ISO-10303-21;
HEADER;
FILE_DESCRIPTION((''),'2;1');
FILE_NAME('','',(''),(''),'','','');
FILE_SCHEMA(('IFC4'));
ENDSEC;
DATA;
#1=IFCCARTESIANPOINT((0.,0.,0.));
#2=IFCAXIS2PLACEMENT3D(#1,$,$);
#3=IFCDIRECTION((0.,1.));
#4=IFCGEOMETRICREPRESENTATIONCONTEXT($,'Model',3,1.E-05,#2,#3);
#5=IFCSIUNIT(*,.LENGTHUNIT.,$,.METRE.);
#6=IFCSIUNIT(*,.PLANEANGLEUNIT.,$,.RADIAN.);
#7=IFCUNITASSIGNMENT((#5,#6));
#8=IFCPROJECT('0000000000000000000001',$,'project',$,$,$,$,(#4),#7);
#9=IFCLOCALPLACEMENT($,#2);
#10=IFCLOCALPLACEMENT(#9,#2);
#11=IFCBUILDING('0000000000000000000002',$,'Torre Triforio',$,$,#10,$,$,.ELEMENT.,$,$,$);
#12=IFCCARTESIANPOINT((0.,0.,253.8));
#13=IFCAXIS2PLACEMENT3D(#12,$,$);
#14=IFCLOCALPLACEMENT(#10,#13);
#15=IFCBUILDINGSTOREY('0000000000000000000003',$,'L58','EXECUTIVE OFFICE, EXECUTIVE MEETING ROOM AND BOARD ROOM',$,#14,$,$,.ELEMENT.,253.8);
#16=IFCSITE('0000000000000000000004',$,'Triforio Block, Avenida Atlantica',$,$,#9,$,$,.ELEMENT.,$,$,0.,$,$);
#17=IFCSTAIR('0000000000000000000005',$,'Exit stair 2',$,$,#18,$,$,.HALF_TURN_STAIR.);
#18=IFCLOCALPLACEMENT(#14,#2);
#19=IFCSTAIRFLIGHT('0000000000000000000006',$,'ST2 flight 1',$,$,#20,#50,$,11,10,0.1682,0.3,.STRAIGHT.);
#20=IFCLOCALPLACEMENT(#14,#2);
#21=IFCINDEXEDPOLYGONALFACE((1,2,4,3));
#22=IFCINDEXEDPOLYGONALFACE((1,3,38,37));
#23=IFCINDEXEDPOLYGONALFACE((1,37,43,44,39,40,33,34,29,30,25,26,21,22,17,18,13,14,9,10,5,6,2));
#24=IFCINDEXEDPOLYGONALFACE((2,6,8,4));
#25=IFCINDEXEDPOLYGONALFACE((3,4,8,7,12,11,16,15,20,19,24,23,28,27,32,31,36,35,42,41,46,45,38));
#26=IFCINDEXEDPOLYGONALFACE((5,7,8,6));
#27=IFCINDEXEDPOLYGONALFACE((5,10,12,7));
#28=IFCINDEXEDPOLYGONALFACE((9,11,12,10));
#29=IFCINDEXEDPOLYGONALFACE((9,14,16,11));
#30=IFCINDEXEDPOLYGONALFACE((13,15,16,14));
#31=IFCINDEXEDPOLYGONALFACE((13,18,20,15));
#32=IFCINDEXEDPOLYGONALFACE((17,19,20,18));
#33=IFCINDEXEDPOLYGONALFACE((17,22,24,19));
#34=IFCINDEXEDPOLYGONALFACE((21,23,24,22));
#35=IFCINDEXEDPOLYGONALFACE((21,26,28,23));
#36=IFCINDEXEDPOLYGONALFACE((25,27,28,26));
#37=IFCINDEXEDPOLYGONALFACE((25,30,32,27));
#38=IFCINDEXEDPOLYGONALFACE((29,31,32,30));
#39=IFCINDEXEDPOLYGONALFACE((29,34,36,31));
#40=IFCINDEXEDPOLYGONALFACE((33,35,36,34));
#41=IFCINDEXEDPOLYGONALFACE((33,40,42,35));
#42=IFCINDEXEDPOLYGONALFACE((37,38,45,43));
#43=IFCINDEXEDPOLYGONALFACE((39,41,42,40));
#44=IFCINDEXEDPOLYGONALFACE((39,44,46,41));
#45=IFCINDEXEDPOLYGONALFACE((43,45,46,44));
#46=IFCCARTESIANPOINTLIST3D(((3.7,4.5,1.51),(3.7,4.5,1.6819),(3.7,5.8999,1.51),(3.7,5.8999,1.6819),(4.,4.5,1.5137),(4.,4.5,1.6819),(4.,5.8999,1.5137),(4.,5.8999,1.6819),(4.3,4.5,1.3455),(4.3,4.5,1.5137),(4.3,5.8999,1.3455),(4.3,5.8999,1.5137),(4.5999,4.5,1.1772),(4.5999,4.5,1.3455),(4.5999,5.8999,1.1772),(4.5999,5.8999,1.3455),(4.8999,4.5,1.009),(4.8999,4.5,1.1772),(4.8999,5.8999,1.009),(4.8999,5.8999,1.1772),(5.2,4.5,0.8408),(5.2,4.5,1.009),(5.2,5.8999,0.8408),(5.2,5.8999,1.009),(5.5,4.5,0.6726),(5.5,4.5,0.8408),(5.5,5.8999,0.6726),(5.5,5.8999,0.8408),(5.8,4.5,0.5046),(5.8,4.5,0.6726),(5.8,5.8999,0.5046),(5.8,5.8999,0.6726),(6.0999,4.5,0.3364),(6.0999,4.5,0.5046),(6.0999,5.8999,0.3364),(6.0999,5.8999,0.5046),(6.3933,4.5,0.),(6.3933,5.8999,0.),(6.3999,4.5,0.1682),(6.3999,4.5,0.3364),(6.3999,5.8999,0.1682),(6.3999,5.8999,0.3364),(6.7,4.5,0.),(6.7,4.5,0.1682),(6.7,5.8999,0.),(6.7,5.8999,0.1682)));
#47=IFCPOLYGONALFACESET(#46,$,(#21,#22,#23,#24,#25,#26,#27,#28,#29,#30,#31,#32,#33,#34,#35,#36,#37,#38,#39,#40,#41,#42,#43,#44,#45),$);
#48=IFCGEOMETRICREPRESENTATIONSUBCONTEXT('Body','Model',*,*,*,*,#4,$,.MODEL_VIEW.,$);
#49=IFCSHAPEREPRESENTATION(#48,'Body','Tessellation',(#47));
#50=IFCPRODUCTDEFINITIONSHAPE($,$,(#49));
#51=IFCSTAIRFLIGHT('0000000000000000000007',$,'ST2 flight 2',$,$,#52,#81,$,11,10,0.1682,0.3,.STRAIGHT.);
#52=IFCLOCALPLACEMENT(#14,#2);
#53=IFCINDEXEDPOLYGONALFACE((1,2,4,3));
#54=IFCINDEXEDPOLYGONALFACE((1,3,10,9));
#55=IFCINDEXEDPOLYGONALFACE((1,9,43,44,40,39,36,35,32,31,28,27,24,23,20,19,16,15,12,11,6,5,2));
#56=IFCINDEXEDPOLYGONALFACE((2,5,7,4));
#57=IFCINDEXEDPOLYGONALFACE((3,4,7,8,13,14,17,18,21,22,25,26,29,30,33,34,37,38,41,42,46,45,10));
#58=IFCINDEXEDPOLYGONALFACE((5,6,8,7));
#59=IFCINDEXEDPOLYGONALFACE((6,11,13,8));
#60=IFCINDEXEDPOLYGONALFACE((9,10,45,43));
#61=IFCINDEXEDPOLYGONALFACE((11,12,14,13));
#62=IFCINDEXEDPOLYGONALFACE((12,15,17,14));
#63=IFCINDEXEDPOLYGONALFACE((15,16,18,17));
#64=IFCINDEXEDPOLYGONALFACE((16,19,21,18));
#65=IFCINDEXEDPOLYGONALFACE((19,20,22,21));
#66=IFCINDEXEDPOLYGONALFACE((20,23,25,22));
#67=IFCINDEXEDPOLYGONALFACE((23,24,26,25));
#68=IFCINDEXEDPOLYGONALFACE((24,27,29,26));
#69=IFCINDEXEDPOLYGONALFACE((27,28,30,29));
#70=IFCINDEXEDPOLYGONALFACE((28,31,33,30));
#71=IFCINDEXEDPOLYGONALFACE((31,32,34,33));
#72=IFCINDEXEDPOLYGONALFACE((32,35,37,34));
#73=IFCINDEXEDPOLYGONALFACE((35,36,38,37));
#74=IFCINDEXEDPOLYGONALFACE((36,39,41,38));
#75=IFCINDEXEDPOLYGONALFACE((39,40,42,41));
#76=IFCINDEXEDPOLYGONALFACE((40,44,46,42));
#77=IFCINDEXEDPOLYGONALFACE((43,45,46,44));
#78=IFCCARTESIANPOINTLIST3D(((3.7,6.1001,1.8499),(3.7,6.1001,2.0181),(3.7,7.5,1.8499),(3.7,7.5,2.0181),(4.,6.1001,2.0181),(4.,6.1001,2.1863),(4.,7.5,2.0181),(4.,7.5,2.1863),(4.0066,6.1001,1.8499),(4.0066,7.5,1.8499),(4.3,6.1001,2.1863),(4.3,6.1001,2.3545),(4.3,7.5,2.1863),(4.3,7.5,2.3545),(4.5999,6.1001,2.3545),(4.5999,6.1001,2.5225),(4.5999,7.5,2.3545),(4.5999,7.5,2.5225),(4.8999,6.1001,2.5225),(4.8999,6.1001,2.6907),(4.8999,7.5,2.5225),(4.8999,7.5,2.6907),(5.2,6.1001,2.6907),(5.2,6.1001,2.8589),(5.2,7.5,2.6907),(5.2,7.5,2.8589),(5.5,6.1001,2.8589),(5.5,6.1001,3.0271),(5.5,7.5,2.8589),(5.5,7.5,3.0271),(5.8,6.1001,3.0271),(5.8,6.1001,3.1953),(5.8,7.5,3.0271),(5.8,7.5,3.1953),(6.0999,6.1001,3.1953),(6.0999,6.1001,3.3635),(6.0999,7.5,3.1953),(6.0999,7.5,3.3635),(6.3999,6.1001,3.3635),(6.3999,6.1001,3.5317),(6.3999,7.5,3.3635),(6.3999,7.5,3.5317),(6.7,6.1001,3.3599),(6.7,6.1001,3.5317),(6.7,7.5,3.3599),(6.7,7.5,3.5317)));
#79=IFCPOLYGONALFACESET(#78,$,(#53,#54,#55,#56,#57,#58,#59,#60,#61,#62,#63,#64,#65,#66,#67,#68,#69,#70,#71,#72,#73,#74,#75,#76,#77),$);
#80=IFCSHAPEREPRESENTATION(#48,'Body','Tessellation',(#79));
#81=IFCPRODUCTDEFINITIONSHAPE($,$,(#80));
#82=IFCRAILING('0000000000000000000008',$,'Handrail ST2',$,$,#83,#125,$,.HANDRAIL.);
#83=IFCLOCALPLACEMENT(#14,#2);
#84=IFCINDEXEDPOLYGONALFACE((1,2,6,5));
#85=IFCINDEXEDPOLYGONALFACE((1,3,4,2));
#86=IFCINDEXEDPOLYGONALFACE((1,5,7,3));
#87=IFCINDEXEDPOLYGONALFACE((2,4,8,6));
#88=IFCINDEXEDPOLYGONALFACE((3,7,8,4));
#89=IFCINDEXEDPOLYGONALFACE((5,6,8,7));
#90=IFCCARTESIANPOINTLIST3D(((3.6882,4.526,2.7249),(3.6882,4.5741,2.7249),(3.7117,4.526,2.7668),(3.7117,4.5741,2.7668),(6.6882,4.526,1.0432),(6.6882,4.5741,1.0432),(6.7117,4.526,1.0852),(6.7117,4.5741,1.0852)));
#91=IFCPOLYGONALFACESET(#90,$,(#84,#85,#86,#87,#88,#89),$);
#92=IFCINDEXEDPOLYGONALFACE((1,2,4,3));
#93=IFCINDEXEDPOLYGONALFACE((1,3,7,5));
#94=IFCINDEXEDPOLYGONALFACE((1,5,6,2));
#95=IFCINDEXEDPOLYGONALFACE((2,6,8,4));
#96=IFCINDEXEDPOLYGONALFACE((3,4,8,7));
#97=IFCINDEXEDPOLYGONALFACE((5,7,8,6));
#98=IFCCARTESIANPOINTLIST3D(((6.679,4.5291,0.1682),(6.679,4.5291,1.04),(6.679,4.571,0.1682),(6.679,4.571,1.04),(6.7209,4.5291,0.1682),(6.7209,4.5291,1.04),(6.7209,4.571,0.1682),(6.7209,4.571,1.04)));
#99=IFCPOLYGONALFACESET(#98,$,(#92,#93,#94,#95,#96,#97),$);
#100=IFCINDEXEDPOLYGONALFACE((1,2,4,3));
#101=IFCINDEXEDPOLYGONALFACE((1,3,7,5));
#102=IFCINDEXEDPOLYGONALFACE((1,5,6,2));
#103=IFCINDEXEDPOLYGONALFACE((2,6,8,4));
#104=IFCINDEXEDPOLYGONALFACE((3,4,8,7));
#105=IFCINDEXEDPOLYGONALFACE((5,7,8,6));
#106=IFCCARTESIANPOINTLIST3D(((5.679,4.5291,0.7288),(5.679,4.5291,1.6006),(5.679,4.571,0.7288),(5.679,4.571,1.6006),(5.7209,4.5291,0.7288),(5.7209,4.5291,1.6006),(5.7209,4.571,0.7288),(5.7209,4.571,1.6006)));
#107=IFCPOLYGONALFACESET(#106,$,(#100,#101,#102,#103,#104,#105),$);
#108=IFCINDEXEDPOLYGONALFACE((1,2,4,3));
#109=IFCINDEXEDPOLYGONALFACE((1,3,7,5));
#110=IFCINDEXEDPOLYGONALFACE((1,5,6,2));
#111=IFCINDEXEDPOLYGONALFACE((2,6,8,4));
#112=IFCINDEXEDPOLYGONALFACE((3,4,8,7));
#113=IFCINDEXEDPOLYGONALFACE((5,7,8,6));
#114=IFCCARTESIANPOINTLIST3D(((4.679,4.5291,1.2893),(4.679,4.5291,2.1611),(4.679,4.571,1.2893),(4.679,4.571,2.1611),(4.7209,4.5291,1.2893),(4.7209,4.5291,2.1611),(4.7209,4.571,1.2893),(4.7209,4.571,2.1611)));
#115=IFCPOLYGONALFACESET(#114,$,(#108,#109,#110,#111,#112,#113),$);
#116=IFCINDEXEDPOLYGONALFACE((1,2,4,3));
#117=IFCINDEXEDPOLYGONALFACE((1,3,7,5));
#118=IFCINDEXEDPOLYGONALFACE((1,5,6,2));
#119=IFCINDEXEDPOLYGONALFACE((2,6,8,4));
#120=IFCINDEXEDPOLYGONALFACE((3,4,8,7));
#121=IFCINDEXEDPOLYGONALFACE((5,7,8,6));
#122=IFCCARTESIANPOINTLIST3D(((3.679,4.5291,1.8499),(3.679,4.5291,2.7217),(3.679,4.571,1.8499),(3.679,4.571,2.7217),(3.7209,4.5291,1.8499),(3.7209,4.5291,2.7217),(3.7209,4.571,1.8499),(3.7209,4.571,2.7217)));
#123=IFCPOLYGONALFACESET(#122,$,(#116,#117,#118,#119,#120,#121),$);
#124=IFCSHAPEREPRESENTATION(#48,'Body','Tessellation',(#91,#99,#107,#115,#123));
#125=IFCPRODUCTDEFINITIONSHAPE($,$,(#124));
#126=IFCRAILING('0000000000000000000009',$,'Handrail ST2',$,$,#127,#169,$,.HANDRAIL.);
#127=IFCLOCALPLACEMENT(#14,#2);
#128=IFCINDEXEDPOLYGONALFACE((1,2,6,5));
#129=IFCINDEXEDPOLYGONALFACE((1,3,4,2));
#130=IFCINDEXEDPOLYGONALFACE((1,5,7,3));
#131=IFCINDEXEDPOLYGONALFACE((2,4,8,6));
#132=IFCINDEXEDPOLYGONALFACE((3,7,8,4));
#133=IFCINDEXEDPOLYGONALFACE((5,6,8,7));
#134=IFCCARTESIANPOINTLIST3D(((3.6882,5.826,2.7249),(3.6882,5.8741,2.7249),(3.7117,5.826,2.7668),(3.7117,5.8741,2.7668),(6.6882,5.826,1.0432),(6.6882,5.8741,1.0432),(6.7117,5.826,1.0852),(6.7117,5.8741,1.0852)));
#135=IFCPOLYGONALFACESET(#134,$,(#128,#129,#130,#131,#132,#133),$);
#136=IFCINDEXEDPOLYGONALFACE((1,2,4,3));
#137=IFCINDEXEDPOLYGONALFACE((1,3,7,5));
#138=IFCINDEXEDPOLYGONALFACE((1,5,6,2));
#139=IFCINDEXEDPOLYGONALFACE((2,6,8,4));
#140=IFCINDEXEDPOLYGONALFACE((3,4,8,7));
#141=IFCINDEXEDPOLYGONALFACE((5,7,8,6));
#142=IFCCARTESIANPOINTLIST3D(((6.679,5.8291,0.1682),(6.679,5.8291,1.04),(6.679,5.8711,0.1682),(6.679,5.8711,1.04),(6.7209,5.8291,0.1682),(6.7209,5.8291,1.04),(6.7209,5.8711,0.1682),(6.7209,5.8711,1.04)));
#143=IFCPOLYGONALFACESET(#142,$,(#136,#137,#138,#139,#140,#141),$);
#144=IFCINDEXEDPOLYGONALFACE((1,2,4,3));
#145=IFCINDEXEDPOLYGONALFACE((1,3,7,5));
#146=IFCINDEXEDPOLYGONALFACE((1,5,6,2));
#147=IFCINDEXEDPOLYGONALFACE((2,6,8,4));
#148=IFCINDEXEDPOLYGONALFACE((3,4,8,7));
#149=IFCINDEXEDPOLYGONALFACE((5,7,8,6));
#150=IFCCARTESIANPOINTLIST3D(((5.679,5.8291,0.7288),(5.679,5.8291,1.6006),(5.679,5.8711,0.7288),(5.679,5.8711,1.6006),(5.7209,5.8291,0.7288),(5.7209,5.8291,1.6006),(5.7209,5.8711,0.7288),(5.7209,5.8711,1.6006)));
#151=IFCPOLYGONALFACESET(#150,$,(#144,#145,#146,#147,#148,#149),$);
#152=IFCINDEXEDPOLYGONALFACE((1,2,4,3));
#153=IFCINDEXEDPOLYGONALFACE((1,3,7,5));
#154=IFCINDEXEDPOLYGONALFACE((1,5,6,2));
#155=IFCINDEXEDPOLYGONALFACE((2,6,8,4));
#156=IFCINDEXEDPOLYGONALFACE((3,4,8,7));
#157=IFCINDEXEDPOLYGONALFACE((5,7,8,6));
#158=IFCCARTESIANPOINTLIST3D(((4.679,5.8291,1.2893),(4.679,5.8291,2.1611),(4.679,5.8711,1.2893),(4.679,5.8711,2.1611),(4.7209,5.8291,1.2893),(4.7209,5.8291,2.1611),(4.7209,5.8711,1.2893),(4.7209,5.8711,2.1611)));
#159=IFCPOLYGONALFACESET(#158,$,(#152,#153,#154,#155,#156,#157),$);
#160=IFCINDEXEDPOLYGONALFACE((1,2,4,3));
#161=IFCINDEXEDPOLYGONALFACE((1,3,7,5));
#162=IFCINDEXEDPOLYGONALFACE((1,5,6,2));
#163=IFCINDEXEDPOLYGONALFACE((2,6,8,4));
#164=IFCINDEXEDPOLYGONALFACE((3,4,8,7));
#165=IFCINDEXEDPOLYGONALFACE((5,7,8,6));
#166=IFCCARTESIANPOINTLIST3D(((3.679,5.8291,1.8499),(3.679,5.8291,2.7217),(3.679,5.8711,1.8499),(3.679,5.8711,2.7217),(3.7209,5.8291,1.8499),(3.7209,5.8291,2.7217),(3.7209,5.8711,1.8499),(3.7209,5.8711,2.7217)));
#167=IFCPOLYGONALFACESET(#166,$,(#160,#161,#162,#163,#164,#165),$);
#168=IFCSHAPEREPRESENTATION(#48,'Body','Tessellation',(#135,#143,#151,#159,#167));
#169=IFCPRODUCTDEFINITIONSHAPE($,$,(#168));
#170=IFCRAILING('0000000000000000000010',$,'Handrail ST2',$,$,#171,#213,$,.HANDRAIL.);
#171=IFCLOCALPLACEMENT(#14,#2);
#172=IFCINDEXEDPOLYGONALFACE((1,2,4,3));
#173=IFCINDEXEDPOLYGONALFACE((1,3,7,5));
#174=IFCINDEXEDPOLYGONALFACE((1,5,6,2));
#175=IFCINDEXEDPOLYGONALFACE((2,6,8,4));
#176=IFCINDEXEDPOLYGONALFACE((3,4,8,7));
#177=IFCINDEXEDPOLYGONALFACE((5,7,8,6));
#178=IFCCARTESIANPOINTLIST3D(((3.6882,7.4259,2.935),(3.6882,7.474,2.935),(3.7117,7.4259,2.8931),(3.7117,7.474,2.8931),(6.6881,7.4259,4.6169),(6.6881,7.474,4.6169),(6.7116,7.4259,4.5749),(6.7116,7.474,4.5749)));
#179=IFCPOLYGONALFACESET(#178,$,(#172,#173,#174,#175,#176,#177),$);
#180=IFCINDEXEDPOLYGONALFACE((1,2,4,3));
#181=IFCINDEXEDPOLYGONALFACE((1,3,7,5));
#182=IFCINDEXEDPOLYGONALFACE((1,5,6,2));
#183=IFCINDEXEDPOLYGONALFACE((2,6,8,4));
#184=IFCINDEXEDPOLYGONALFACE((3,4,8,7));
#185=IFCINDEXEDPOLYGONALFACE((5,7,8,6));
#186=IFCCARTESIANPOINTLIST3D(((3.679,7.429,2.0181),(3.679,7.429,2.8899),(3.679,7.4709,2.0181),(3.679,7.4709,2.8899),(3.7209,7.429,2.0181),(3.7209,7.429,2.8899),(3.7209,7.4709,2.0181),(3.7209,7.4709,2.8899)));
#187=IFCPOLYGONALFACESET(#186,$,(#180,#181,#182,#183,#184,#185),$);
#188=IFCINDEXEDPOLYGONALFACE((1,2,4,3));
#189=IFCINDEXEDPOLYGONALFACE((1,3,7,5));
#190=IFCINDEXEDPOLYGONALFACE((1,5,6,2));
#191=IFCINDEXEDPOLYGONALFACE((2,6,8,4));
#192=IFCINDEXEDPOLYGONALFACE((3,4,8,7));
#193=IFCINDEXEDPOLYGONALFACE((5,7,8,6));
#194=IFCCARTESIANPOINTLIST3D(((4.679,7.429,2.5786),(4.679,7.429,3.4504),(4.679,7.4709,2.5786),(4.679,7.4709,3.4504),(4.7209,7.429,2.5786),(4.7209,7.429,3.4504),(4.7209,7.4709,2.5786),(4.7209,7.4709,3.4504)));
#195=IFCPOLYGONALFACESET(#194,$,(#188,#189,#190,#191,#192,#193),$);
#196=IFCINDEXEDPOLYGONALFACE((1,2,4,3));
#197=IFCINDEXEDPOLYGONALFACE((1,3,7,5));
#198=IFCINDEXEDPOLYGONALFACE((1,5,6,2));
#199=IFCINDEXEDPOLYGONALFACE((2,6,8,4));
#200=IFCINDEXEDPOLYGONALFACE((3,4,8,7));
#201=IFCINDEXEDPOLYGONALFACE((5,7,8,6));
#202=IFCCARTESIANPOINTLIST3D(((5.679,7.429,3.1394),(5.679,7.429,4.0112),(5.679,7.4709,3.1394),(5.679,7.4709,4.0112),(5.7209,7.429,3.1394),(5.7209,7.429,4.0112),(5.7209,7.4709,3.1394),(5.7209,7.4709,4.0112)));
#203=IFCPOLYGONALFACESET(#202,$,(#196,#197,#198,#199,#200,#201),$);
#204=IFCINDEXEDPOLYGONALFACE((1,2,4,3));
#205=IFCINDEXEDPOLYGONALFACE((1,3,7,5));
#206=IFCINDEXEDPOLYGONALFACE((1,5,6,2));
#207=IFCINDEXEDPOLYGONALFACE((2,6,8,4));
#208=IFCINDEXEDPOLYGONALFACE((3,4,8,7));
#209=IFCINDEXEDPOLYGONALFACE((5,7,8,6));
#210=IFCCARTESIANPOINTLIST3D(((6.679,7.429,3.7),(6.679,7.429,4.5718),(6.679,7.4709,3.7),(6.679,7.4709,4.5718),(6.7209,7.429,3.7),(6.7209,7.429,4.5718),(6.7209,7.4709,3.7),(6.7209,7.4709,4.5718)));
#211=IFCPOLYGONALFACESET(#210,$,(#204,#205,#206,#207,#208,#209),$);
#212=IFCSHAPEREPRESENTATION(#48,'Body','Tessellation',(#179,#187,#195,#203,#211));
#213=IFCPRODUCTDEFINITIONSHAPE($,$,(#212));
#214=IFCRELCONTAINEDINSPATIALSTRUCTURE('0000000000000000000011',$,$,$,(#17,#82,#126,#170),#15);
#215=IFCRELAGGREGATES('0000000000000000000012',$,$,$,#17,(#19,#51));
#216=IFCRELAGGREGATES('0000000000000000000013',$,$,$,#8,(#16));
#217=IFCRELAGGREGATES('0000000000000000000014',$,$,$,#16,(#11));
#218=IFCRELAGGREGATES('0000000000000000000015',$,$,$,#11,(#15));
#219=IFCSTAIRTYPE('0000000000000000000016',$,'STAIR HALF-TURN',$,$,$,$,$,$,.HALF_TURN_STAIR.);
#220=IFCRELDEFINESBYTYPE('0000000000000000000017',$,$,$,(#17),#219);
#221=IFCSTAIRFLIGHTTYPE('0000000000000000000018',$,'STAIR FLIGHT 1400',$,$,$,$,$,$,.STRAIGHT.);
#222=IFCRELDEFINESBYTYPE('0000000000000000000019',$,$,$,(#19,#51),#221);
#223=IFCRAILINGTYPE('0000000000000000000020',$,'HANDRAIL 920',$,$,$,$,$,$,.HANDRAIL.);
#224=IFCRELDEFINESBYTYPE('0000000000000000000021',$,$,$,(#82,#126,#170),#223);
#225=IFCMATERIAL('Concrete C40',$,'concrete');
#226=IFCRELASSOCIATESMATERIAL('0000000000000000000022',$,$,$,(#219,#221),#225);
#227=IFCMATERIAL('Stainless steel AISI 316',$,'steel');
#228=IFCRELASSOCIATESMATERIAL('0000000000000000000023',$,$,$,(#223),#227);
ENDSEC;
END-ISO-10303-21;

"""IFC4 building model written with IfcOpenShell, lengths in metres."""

from ifc_helpers import new_model, si_unit, direction, frame, origin, origin_2d, place, context, subcontext, project, spatial, polyline, rectangle, outline, extrude, material, type_object, element, aggregate, save


model = new_model("IFC4")

# Units and contexts
model_context = context("Model", 3, precision=1e-05, world=origin(), true_north=direction((0.0, 1.0)))
body_context = subcontext(model_context, "Body", "Model", "MODEL_VIEW")
ifc_project = project(units=[si_unit("LENGTHUNIT", "METRE"), si_unit("PLANEANGLEUNIT", "RADIAN")], contexts=[model_context])

# Site, building, storey
site_placement = place(None, origin())
site = spatial("IfcSite", under=ifc_project, at=site_placement, Name="Triforio Block, Avenida Atlantica", CompositionType="ELEMENT", RefElevation=0.0)
building_placement = place(site_placement, origin())
building = spatial("IfcBuilding", under=site, at=building_placement, Name="Torre Triforio", CompositionType="ELEMENT")
storey_placement = place(building_placement, frame((0.0, 0.0, 253.8)))
storey = spatial("IfcBuildingStorey", under=building, at=storey_placement, Name="L58", Description="EXECUTIVE OFFICE, EXECUTIVE MEETING ROOM AND BOARD ROOM", CompositionType="ELEMENT", Elevation=253.8)

# Shared definitions
ifc_material_1 = material(Name="Concrete C40", Category="concrete")

# Stair
stair_type = type_object("IfcStairType", Name="STAIR HALF-TURN", PredefinedType="HALF_TURN_STAIR", material=ifc_material_1)
stair_1_placement = place(storey_placement, origin())
stair_1 = element("IfcStair", 1, at=stair_1_placement, inside=storey, type_object=stair_type, Name="Exit stair 2", PredefinedType="HALF_TURN_STAIR")

# Stair flights
stair_flight_type = type_object("IfcStairFlightType", Name="STAIR FLIGHT 1400", PredefinedType="STRAIGHT", material=ifc_material_1)
stair_flight_1_placement = place(storey_placement, frame((6.7, 5.2, 0.0), z_axis=(0.0, 0.0, 1.0), x_axis=(-1.0, 0.0, 0.0)))
stair_flight_1 = element("IfcStairFlight", 2, at=stair_flight_1_placement, type_object=stair_flight_type, Name="ST2 flight 1", NumberOfRisers=11, NumberOfTreads=10, PredefinedType="STRAIGHT", RiserHeight=0.1682, TreadLength=0.3, context=body_context, shape_type="SweptSolid", body=[
    extrude(outline(polyline([(0.0, 0.0), (0.0, 0.1682), (0.3, 0.1682), (0.3, 0.3364), (0.6001, 0.3364), (0.6001, 0.5046), (0.8999, 0.5046), (0.8999, 0.6726), (1.2, 0.6726), (1.2, 0.8408), (1.5, 0.8408), (1.5, 1.009), (1.8, 1.009), (1.8, 1.1772), (2.1001, 1.1772), (2.1001, 1.3455), (2.3999, 1.3455), (2.3999, 1.5137), (2.7, 1.5137), (2.7, 1.6819), (3.0, 1.6819), (3.0, 1.8501), (3.0, 1.51), (0.3066, 0.0), (0.0, 0.0)])), frame((0.0, 0.7, 0.0), z_axis=(0.0, -1.0, 0.0), x_axis=(1.0, 0.0, 0.0)), (0.0, 0.0, 1.0), 1.3999),
])
stair_flight_2_placement = place(storey_placement, frame((3.7, 6.8, 1.8499), z_axis=(0.0, 0.0, 1.0), x_axis=(1.0, 0.0, 0.0)))
stair_flight_2 = element("IfcStairFlight", 3, at=stair_flight_2_placement, type_object=stair_flight_type, Name="ST2 flight 2", NumberOfRisers=11, NumberOfTreads=10, PredefinedType="STRAIGHT", RiserHeight=0.1682, TreadLength=0.3, context=body_context, shape_type="SweptSolid", body=[
    extrude(outline(polyline([(0.0, 0.0), (0.0, 0.1682), (0.3, 0.1682), (0.3, 0.3364), (0.6001, 0.3364), (0.6001, 0.5046), (0.8999, 0.5046), (0.8999, 0.6726), (1.2, 0.6726), (1.2, 0.8408), (1.5, 0.8408), (1.5, 1.009), (1.8, 1.009), (1.8, 1.1772), (2.1001, 1.1772), (2.1001, 1.3455), (2.3999, 1.3455), (2.3999, 1.5137), (2.7, 1.5137), (2.7, 1.6819), (3.0, 1.6819), (3.0, 1.8501), (3.0, 1.51), (0.3066, 0.0), (0.0, 0.0)])), frame((0.0, 0.7, 0.0), z_axis=(0.0, -1.0, 0.0), x_axis=(1.0, 0.0, 0.0)), (0.0, 0.0, 1.0), 1.3999),
])
aggregate(stair_1, [stair_flight_1, stair_flight_2])

# Railings
ifc_material_2 = material(Name="Stainless steel AISI 316", Category="steel")
railing_type_1 = type_object("IfcRailingType", Name="HANDRAIL 920", PredefinedType="HANDRAIL", material=ifc_material_2)
for number, where, name in (
    (4, (6.7, 4.55, 0.1682), "Handrail ST2"),
    (5, (6.7, 5.8501, 0.1682), "Handrail ST2"),
):
    element("IfcRailing", number, at=place(storey_placement, frame(where)), inside=storey, type_object=railing_type_1, Name=name, PredefinedType="HANDRAIL", context=body_context, shape_type="SweptSolid", body=[
        extrude(rectangle(XDim=0.0481, YDim=0.0481, at=origin_2d()), frame((0.0, 0.0, 0.896), z_axis=(-0.872303, 0.0, 0.488966), x_axis=(0.0, -1.0, 0.0)), (0.0, 0.0, 1.0), 3.4392),
        extrude(rectangle(XDim=0.042, YDim=0.042, at=origin_2d()), origin(), (0.0, 0.0, 1.0), 0.8718),
        extrude(rectangle(XDim=0.042, YDim=0.042, at=origin_2d()), frame((-1.0, 0.0, 0.5605)), (0.0, 0.0, 1.0), 0.8718),
        extrude(rectangle(XDim=0.042, YDim=0.042, at=origin_2d()), frame((-2.0, 0.0, 1.1211)), (0.0, 0.0, 1.0), 0.8718),
        extrude(rectangle(XDim=0.042, YDim=0.042, at=origin_2d()), frame((-3.0, 0.0, 1.6816)), (0.0, 0.0, 1.0), 0.8718),
    ])
for number, where, name in (
    (6, (3.7, 7.45, 2.0181), "Handrail ST2"),
):
    element("IfcRailing", number, at=place(storey_placement, frame(where)), inside=storey, type_object=railing_type_1, Name=name, PredefinedType="HANDRAIL", context=body_context, shape_type="SweptSolid", body=[
        extrude(rectangle(XDim=0.0481, YDim=0.0481, at=origin_2d()), frame((0.0, 0.0, 0.896), z_axis=(0.872272, 0.0, 0.48902), x_axis=(0.0, 1.0, 0.0)), (0.0, 0.0, 1.0), 3.4392),
        extrude(rectangle(XDim=0.042, YDim=0.042, at=origin_2d()), origin(), (0.0, 0.0, 1.0), 0.8718),
        extrude(rectangle(XDim=0.042, YDim=0.042, at=origin_2d()), frame((1.0, 0.0, 0.5605)), (0.0, 0.0, 1.0), 0.8718),
        extrude(rectangle(XDim=0.042, YDim=0.042, at=origin_2d()), frame((2.0, 0.0, 1.1213)), (0.0, 0.0, 1.0), 0.8718),
        extrude(rectangle(XDim=0.042, YDim=0.042, at=origin_2d()), frame((3.0, 0.0, 1.6819)), (0.0, 0.0, 1.0), 0.8718),
    ])

save(model, "model.ifc")
